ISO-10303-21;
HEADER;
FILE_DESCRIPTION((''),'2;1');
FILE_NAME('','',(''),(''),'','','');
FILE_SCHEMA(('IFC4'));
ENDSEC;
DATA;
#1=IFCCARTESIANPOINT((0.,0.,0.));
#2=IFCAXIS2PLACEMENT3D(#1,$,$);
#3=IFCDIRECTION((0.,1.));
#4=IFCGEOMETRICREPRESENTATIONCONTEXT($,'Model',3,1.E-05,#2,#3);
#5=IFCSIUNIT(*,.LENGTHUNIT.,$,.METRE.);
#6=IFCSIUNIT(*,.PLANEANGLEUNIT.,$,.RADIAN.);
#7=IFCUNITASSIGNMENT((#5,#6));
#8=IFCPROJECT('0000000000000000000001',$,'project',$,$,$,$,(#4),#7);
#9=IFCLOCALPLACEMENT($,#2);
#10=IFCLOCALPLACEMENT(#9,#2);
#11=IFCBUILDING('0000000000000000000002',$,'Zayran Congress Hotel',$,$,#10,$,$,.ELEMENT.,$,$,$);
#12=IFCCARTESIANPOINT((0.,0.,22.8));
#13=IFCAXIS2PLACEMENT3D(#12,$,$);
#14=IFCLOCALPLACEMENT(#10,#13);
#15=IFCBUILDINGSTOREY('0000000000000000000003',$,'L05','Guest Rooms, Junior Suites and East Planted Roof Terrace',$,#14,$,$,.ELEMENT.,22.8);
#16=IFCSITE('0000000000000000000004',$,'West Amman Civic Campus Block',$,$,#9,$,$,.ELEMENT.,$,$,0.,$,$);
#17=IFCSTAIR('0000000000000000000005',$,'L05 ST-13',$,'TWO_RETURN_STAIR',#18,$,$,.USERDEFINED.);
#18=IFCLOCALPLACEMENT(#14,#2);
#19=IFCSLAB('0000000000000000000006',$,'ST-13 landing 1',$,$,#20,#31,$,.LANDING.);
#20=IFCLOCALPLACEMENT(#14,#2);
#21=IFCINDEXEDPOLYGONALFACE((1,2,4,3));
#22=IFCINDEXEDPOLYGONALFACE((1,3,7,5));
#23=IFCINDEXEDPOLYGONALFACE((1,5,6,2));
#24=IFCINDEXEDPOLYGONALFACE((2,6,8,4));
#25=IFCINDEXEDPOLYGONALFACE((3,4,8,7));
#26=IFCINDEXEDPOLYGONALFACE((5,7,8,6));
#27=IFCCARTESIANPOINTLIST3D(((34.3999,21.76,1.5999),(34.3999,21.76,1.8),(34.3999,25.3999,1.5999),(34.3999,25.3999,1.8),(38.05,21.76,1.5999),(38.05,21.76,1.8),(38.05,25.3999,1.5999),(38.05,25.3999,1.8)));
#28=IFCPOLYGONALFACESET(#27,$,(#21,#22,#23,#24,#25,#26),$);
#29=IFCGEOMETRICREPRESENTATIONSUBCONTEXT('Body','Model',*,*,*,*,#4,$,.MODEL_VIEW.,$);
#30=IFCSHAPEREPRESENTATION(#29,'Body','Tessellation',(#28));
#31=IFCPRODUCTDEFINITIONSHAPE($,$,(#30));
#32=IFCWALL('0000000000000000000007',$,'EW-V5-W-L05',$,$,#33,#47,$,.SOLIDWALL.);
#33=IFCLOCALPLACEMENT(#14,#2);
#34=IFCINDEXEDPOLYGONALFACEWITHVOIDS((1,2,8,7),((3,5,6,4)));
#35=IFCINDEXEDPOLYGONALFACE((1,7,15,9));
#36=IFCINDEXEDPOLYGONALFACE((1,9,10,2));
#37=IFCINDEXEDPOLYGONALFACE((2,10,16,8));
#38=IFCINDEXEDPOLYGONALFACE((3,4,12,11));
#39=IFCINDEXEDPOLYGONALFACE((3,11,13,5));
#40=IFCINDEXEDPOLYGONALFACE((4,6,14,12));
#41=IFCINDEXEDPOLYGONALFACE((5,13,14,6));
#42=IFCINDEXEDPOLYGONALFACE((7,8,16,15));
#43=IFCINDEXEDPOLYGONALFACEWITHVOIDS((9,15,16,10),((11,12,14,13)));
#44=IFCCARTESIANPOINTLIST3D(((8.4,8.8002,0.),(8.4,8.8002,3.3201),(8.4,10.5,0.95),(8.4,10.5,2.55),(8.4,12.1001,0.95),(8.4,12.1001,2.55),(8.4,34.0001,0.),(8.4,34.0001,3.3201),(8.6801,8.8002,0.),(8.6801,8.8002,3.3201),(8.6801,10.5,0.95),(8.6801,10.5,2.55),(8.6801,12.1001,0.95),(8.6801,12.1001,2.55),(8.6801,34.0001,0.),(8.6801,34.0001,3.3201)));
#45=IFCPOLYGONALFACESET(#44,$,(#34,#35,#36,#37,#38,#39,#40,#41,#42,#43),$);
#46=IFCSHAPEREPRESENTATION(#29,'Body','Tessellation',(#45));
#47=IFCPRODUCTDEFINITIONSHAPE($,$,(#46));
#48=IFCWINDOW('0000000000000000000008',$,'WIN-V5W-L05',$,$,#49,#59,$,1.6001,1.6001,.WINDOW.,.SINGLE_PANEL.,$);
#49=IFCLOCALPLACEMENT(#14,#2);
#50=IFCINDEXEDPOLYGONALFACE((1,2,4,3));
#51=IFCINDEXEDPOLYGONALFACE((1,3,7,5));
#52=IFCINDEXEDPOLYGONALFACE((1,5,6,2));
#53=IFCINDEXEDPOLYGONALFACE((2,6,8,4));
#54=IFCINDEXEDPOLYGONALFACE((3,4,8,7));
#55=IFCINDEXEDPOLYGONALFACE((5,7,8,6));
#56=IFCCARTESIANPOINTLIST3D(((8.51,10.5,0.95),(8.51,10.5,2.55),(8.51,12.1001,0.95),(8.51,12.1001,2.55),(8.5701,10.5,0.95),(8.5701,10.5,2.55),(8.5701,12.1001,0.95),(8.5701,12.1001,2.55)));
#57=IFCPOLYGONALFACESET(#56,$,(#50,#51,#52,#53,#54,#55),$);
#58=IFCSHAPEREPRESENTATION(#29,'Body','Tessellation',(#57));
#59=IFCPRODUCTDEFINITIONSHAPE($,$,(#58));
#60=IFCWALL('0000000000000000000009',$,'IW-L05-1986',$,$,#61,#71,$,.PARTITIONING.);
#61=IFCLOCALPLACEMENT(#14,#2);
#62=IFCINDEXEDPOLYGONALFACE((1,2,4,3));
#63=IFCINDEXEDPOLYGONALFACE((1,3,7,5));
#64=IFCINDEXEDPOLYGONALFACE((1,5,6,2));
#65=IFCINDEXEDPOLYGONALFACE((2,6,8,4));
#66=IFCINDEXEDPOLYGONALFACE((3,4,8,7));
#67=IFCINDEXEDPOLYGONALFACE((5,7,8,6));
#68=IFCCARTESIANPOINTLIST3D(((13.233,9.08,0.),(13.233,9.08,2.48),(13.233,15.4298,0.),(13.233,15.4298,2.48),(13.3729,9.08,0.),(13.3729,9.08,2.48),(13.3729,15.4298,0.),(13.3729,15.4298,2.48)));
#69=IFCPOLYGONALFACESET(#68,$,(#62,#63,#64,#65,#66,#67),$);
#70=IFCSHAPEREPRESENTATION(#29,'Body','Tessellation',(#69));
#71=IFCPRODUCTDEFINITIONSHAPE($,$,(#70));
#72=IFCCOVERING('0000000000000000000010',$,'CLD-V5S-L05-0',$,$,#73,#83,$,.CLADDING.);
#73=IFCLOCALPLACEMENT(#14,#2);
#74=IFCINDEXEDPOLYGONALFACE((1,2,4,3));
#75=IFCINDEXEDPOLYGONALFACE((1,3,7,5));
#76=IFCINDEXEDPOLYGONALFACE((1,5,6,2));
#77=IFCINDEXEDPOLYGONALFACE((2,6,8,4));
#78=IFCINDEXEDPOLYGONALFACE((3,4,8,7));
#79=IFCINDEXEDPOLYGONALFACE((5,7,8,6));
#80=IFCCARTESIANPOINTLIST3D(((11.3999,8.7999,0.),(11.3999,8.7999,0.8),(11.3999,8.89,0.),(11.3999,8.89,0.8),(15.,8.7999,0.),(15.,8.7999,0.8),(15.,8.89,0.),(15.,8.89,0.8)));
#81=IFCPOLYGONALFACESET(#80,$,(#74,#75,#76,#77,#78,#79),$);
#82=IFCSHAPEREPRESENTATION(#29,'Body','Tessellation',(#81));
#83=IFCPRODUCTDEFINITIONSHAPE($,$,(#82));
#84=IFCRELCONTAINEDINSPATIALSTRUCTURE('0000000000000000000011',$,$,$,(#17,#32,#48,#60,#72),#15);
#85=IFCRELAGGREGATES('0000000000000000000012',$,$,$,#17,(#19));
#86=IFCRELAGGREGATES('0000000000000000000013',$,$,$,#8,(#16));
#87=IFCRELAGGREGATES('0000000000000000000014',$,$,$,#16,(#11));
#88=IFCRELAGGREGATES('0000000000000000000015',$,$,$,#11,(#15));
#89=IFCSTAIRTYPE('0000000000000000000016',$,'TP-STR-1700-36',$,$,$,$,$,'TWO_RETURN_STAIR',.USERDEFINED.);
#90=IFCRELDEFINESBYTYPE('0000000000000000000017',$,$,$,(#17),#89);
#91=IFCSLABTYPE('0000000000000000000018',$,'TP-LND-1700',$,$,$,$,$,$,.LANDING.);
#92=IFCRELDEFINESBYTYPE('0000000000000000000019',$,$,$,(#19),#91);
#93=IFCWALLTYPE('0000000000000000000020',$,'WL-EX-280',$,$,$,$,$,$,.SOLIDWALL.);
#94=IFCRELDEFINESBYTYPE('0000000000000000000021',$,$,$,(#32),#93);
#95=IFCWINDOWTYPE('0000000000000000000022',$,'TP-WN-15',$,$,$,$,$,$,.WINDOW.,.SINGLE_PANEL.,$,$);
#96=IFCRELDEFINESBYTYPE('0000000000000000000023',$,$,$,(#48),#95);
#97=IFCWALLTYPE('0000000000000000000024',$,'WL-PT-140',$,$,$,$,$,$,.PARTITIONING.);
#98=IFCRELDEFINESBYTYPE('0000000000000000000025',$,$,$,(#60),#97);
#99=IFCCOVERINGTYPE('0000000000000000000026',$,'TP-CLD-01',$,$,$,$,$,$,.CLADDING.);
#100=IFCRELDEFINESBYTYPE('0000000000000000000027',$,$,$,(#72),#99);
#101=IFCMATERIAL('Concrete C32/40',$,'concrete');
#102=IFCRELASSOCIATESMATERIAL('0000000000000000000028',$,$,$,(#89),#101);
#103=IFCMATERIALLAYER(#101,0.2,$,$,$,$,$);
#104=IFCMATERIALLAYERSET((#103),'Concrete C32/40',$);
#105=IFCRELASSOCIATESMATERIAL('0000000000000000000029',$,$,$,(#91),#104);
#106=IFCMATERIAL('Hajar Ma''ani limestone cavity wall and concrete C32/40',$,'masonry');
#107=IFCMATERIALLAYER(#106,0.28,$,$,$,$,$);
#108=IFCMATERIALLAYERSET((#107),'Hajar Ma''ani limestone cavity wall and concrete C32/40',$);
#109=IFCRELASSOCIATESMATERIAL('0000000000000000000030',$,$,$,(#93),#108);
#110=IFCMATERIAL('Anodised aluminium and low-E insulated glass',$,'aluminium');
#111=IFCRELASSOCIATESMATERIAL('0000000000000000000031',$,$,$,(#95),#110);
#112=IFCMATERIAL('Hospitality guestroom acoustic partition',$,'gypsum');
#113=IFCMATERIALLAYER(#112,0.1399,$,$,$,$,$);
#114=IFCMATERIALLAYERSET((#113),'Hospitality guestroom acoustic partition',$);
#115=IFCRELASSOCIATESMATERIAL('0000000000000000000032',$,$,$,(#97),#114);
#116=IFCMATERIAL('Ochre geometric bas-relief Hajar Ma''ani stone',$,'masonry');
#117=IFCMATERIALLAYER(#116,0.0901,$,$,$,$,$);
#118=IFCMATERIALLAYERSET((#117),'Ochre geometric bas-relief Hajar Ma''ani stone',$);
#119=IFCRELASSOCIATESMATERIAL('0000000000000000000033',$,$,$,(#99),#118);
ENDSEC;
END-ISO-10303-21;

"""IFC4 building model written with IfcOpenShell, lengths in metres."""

from ifc_helpers import new_model, si_unit, direction, frame, frame_2d, origin, origin_2d, place, context, subcontext, project, spatial, polyline, rectangle, outline, extrude, material, layer, layer_set, type_object, element, fill, aggregate, save


model = new_model("IFC4")

# Units and contexts
model_context = context("Model", 3, precision=1e-05, world=origin(), true_north=direction((0.0, 1.0)))
body_context = subcontext(model_context, "Body", "Model", "MODEL_VIEW")
ifc_project = project(units=[si_unit("LENGTHUNIT", "METRE"), si_unit("PLANEANGLEUNIT", "RADIAN")], contexts=[model_context])

# Site, building, storey
site_placement = place(None, origin())
site = spatial("IfcSite", under=ifc_project, at=site_placement, Name="West Amman Civic Campus Block", CompositionType="ELEMENT", RefElevation=0.0)
building_placement = place(site_placement, origin())
building = spatial("IfcBuilding", under=site, at=building_placement, Name="Zayran Congress Hotel", CompositionType="ELEMENT")
storey_placement = place(building_placement, frame((0.0, 0.0, 22.8)))
storey = spatial("IfcBuildingStorey", under=building, at=storey_placement, Name="L05", Description="Guest Rooms, Junior Suites and East Planted Roof Terrace", CompositionType="ELEMENT", Elevation=22.8)

# Shared definitions
ifc_material_1 = material(Name="Concrete C32/40", Category="concrete")

# Shared definitions
ifc_material_2 = material(Name="Anodised aluminium and low-E insulated glass", Category="aluminium")

# Stair, slab
stair_type = type_object("IfcStairType", Name="TP-STR-1700-36", ElementType="TWO_RETURN_STAIR", PredefinedType="USERDEFINED", material=ifc_material_1)
ifc_layer_1 = layer(ifc_material_1, 0.2)
ifc_layer_set_1 = layer_set([ifc_layer_1], Name="Concrete C32/40")
slab_type_1 = type_object("IfcSlabType", Name="TP-LND-1700", PredefinedType="LANDING", material=ifc_layer_set_1)
stair_1_placement = place(storey_placement, origin())
stair_1 = element("IfcStair", 1, at=stair_1_placement, inside=storey, type_object=stair_type, Name="L05 ST-13", ObjectType="TWO_RETURN_STAIR", PredefinedType="USERDEFINED")
slab_1_placement = place(storey_placement, frame((0.0, 0.0, 1.5999)))
slab_1 = element("IfcSlab", 2, at=slab_1_placement, type_object=slab_type_1, Name="ST-13 landing 1", PredefinedType="LANDING", context=body_context, shape_type="SweptSolid", body=[
    extrude(outline(polyline([(38.05, 25.3999), (34.3999, 25.3999), (34.3999, 21.76), (38.05, 21.76), (38.05, 25.3999)])), origin(), (0.0, 0.0, 1.0), 0.2002),
])
aggregate(stair_1, [slab_1])

# Wall, opening, window
ifc_material_3 = material(Name="Hajar Ma'ani limestone cavity wall and concrete C32/40", Category="masonry")
ifc_layer_2 = layer(ifc_material_3, 0.28)
ifc_layer_set_2 = layer_set([ifc_layer_2], Name="Hajar Ma'ani limestone cavity wall and concrete C32/40")
wall_type_1 = type_object("IfcWallType", Name="WL-EX-280", PredefinedType="SOLIDWALL", material=ifc_layer_set_2)
wall_1_placement = place(storey_placement, frame((8.54, 8.8, 0.0), z_axis=(0.0, 0.0, 1.0), x_axis=(0.0, 1.0, 0.0)))
wall_1 = element("IfcWall", 3, at=wall_1_placement, inside=storey, type_object=wall_type_1, Name="EW-V5-W-L05", PredefinedType="SOLIDWALL", context=body_context, shape_type="SweptSolid", body=[
    extrude(rectangle(XDim=25.2, YDim=0.28, at=frame_2d((12.6001, 0.0))), origin(), (0.0, 0.0, 1.0), 3.3201),
])
opening_1_placement = place(wall_1_placement, frame((1.7, 0.0, 0.95)))
opening_1 = element("IfcOpeningElement", 4, at=opening_1_placement, cuts=wall_1, PredefinedType="OPENING", context=body_context, shape_type="SweptSolid", body=[
    extrude(rectangle(XDim=1.6001, YDim=1.6001, at=frame_2d((0.8, 0.8))), frame((0.0, 0.1499, 0.0), z_axis=(0.0, -1.0, 0.0), x_axis=(1.0, 0.0, 0.0)), (0.0, 0.0, 1.0), 0.3),
])
window_type_1 = type_object("IfcWindowType", Name="TP-WN-15", PartitioningType="SINGLE_PANEL", PredefinedType="WINDOW", material=ifc_material_2)
window_1_placement = place(opening_1_placement, origin())
window_1 = element("IfcWindow", 5, at=window_1_placement, inside=storey, type_object=window_type_1, Name="WIN-V5W-L05", OverallHeight=1.6001, OverallWidth=1.6001, PartitioningType="SINGLE_PANEL", PredefinedType="WINDOW", context=body_context, shape_type="SweptSolid", body=[
    extrude(rectangle(XDim=1.6001, YDim=1.6001, at=frame_2d((0.8, 0.8))), frame((0.0, 0.03, 0.0), z_axis=(0.0, -1.0, 0.0), x_axis=(1.0, 0.0, 0.0)), (0.0, 0.0, 1.0), 0.0601),
])
fill(opening_1, window_1)

# Wall
ifc_material_4 = material(Name="Hospitality guestroom acoustic partition", Category="gypsum")
ifc_layer_3 = layer(ifc_material_4, 0.1399)
ifc_layer_set_3 = layer_set([ifc_layer_3], Name="Hospitality guestroom acoustic partition")
wall_type_2 = type_object("IfcWallType", Name="WL-PT-140", PredefinedType="PARTITIONING", material=ifc_layer_set_3)
wall_2_placement = place(storey_placement, frame((13.303, 9.0801, 0.0), z_axis=(0.0, 0.0, 1.0), x_axis=(0.0, 1.0, 0.0)))
element("IfcWall", 6, at=wall_2_placement, inside=storey, type_object=wall_type_2, Name="IW-L05-1986", PredefinedType="PARTITIONING", context=body_context, shape_type="SweptSolid", body=[
    extrude(rectangle(XDim=6.3499, YDim=0.1399, at=frame_2d((3.1748, 0.0))), origin(), (0.0, 0.0, 1.0), 2.48),
])

# Covering
ifc_material_5 = material(Name="Ochre geometric bas-relief Hajar Ma'ani stone", Category="masonry")
ifc_layer_4 = layer(ifc_material_5, 0.0901)
ifc_layer_set_4 = layer_set([ifc_layer_4], Name="Ochre geometric bas-relief Hajar Ma'ani stone")
covering_type = type_object("IfcCoveringType", Name="TP-CLD-01", PredefinedType="CLADDING", material=ifc_layer_set_4)
covering_placement = place(storey_placement, frame((13.2, 8.845, 0.0), z_axis=(0.0, 0.0, 1.0), x_axis=(1.0, 0.0, 0.0)))
element("IfcCovering", 7, at=covering_placement, inside=storey, type_object=covering_type, Name="CLD-V5S-L05-0", PredefinedType="CLADDING", context=body_context, shape_type="SweptSolid", body=[
    extrude(rectangle(XDim=3.6001, YDim=0.0901, at=origin_2d()), origin(), (0.0, 0.0, 1.0), 0.8),
])

save(model, "model.ifc")
